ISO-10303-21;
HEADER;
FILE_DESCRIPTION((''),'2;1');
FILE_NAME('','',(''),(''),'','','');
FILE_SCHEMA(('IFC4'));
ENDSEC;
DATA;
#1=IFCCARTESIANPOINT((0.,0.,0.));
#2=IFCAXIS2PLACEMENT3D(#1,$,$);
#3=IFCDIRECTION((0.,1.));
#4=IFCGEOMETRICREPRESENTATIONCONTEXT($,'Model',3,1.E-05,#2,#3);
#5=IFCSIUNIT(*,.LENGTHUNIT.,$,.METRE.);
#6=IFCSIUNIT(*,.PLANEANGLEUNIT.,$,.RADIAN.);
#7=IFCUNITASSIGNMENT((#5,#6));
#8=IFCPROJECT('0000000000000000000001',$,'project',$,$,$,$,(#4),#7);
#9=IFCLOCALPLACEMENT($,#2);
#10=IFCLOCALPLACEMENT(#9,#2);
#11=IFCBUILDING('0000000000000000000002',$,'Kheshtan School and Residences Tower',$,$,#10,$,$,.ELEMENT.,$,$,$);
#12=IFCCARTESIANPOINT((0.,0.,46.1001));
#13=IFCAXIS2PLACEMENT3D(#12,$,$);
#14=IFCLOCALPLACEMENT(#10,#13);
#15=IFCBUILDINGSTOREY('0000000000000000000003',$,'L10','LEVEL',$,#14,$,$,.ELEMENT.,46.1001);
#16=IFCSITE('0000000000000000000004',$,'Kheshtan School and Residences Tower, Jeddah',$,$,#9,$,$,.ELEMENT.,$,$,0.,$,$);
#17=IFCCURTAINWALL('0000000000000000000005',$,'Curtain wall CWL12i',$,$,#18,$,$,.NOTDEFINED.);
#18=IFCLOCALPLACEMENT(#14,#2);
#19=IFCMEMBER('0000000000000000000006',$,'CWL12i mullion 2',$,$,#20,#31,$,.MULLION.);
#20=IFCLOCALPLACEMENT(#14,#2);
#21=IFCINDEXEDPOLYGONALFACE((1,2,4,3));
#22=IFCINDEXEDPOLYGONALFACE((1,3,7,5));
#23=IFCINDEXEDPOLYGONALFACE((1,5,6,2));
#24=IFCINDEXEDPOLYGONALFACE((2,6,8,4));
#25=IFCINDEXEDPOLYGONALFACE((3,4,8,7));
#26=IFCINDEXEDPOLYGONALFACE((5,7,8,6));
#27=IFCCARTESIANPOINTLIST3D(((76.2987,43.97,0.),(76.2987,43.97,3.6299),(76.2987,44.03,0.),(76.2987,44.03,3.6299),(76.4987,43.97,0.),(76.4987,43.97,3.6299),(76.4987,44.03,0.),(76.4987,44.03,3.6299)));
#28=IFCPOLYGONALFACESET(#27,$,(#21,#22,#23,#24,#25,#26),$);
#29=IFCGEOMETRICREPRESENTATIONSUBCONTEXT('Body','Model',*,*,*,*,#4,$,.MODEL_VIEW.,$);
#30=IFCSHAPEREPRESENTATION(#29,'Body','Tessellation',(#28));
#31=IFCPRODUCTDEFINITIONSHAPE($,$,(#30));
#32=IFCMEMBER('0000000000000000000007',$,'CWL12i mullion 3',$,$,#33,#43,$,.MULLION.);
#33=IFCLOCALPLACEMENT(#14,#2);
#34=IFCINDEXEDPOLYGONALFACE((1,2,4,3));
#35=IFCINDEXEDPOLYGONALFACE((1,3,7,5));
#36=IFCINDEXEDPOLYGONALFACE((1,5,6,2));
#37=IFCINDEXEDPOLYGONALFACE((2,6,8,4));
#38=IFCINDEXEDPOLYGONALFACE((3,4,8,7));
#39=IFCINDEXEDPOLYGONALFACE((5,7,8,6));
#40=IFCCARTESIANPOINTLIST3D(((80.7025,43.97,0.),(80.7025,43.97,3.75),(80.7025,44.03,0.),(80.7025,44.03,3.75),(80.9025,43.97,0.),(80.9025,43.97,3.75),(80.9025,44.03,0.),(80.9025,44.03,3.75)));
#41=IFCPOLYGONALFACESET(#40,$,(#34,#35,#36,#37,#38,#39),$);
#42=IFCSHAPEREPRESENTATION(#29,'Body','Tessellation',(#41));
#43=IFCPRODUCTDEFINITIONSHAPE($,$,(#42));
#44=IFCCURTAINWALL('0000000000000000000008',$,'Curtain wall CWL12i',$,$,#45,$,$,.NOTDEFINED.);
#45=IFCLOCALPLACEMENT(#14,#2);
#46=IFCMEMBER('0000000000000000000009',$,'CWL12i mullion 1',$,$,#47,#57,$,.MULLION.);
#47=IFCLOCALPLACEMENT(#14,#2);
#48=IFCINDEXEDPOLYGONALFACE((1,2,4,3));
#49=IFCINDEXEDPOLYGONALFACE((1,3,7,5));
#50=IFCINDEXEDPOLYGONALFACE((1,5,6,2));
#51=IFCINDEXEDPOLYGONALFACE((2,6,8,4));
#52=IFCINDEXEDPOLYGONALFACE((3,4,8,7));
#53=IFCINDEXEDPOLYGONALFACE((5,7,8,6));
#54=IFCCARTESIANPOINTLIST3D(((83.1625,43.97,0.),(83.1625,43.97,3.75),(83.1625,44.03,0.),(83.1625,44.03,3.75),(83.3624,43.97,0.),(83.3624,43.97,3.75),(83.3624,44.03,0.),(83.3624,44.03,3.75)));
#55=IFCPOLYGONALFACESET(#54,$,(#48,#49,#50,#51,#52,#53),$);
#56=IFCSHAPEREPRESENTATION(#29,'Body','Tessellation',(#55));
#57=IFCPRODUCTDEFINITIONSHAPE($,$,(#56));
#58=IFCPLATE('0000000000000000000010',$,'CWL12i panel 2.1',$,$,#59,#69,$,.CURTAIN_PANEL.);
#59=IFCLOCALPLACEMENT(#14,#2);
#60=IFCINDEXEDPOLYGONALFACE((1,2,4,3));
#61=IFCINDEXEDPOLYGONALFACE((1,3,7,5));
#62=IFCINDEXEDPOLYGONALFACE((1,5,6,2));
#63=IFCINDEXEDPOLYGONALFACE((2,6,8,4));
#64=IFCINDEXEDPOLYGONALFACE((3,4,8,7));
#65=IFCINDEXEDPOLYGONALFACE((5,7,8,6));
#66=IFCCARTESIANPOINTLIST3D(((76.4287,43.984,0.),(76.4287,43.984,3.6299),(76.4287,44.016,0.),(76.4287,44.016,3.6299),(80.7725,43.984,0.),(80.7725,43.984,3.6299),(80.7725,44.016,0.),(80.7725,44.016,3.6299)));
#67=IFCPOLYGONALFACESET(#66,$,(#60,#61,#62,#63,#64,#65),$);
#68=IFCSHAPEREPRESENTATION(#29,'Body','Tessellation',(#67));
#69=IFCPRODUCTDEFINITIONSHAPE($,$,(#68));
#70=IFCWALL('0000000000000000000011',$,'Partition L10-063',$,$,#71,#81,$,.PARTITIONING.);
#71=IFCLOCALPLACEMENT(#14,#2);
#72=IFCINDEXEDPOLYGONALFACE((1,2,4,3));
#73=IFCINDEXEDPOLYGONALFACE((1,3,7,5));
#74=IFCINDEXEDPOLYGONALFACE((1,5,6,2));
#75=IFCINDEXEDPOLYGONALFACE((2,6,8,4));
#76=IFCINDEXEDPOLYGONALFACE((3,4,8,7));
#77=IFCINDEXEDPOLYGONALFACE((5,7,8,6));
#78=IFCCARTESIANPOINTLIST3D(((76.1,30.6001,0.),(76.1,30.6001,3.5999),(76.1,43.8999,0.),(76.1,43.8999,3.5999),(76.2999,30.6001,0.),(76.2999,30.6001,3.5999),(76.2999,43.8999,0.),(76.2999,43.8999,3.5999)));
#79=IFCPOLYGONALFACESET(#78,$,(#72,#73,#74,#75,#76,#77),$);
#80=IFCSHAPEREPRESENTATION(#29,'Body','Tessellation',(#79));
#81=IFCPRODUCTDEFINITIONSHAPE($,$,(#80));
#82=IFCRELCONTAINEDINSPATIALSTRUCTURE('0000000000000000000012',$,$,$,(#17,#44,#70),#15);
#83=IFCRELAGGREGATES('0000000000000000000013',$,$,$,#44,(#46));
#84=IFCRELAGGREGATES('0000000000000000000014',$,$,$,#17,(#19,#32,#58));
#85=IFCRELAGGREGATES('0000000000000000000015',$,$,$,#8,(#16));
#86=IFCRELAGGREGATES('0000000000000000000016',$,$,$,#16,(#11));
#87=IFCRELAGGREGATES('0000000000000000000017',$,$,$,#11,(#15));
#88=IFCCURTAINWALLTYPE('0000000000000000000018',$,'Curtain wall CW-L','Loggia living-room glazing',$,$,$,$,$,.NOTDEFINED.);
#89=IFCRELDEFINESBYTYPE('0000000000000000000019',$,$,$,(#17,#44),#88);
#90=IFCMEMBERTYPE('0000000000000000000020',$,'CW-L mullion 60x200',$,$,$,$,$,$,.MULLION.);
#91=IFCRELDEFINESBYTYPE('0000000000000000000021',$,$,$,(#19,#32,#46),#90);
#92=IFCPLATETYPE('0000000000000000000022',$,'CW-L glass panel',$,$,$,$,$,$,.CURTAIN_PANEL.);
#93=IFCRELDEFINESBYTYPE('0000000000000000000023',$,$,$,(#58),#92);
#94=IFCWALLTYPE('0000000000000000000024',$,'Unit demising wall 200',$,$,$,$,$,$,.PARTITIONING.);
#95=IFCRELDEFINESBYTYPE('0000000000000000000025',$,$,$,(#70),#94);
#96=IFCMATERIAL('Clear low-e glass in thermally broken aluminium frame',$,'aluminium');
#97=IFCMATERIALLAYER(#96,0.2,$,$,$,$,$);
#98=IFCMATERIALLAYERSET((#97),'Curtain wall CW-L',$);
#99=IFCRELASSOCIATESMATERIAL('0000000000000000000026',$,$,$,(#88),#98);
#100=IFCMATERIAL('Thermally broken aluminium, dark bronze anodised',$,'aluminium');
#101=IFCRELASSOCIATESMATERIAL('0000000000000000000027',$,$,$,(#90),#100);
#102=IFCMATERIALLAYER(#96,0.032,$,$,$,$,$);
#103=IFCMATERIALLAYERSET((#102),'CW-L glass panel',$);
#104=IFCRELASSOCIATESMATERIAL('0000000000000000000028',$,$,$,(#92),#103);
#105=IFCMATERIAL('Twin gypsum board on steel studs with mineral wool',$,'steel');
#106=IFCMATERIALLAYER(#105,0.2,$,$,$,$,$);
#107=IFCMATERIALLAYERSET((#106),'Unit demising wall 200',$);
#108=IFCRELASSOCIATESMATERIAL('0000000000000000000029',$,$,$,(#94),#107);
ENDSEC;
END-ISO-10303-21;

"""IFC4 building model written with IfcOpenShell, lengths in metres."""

from ifc_helpers import new_model, si_unit, direction, frame, frame_2d, origin, origin_2d, place, context, subcontext, project, spatial, rectangle, extrude, material, layer, layer_set, material_profile, profile_set, type_object, element, aggregate, save


model = new_model("IFC4")

# Units and contexts
model_context = context("Model", 3, precision=1e-05, world=origin(), true_north=direction((0.0, 1.0)))
body_context = subcontext(model_context, "Body", "Model", "MODEL_VIEW")
ifc_project = project(units=[si_unit("LENGTHUNIT", "METRE"), si_unit("PLANEANGLEUNIT", "RADIAN")], contexts=[model_context])

# Site, building, storey
site_placement = place(None, origin())
site = spatial("IfcSite", under=ifc_project, at=site_placement, Name="Kheshtan School and Residences Tower, Jeddah", CompositionType="ELEMENT", RefElevation=0.0)
building_placement = place(site_placement, origin())
building = spatial("IfcBuilding", under=site, at=building_placement, Name="Kheshtan School and Residences Tower", CompositionType="ELEMENT")
storey_placement = place(building_placement, frame((0.0, 0.0, 46.1001)))
storey = spatial("IfcBuildingStorey", under=building, at=storey_placement, Name="L10", Description="LEVEL", CompositionType="ELEMENT", Elevation=46.1001)

# Curtain wall, members
ifc_material_1 = material(Name="Clear low-e glass in thermally broken aluminium frame", Category="aluminium")
ifc_layer_1 = layer(ifc_material_1, 0.2)
ifc_layer_set_1 = layer_set([ifc_layer_1], Name="Curtain wall CW-L")
curtain_wall_type = type_object("IfcCurtainWallType", Name="Curtain wall CW-L", Description="Loggia living-room glazing", PredefinedType="NOTDEFINED", material=ifc_layer_set_1)
curtain_wall_1_placement = place(storey_placement, origin())
curtain_wall_1 = element("IfcCurtainWall", 1, at=curtain_wall_1_placement, inside=storey, type_object=curtain_wall_type, Name="Curtain wall CWL12i", PredefinedType="NOTDEFINED")
ifc_material_2 = material(Name="Thermally broken aluminium, dark bronze anodised", Category="aluminium")
ifc_material_profile = material_profile(ifc_material_2, rectangle(XDim=0.0601, YDim=0.2, at=origin_2d()), Name="CW-L mullion 60x200")
ifc_profile_set = profile_set([ifc_material_profile], Name="Thermally broken aluminium, dark bronze anodised")
member_type = type_object("IfcMemberType", Name="CW-L mullion 60x200", PredefinedType="MULLION", material=ifc_profile_set)
member_1_placement = place(storey_placement, frame((76.3987, 44.0, 0.0), z_axis=(0.0, 0.0, 1.0), x_axis=(0.0, 1.0, 0.0)))
member_1 = element("IfcMember", 2, at=member_1_placement, type_object=member_type, Name="CWL12i mullion 2", PredefinedType="MULLION", context=body_context, shape_type="SweptSolid", body=[
    extrude(rectangle(XDim=0.0601, YDim=0.2, at=origin_2d()), origin(), (0.0, 0.0, 1.0), 3.6299),
])
member_2_placement = place(storey_placement, frame((80.8025, 44.0, 0.0), z_axis=(0.0, 0.0, 1.0), x_axis=(0.0, 1.0, 0.0)))
member_2 = element("IfcMember", 3, at=member_2_placement, type_object=member_type, Name="CWL12i mullion 3", PredefinedType="MULLION", context=body_context, shape_type="SweptSolid", body=[
    extrude(rectangle(XDim=0.0601, YDim=0.2, at=origin_2d()), origin(), (0.0, 0.0, 1.0), 3.75),
])

# Curtain wall, member
curtain_wall_2_placement = place(storey_placement, origin())
curtain_wall_2 = element("IfcCurtainWall", 4, at=curtain_wall_2_placement, inside=storey, type_object=curtain_wall_type, Name="Curtain wall CWL12i", PredefinedType="NOTDEFINED")
member_3_placement = place(storey_placement, frame((83.2625, 44.0, 0.0), z_axis=(0.0, 0.0, 1.0), x_axis=(0.0, 1.0, 0.0)))
member_3 = element("IfcMember", 5, at=member_3_placement, type_object=member_type, Name="CWL12i mullion 1", PredefinedType="MULLION", context=body_context, shape_type="SweptSolid", body=[
    extrude(rectangle(XDim=0.0601, YDim=0.2, at=origin_2d()), origin(), (0.0, 0.0, 1.0), 3.75),
])
aggregate(curtain_wall_2, [member_3])

# Plate
ifc_layer_2 = layer(ifc_material_1, 0.032)
ifc_layer_set_2 = layer_set([ifc_layer_2], Name="CW-L glass panel")
plate_type = type_object("IfcPlateType", Name="CW-L glass panel", PredefinedType="CURTAIN_PANEL", material=ifc_layer_set_2)
plate_placement = place(storey_placement, frame((78.6006, 44.0, 0.0), z_axis=(0.0, 0.0, 1.0), x_axis=(1.0, 0.0, 0.0)))
plate = element("IfcPlate", 6, at=plate_placement, type_object=plate_type, Name="CWL12i panel 2.1", PredefinedType="CURTAIN_PANEL", context=body_context, shape_type="SweptSolid", body=[
    extrude(rectangle(XDim=4.3438, YDim=0.032, at=origin_2d()), origin(), (0.0, 0.0, 1.0), 3.6299),
])
aggregate(curtain_wall_1, [member_1, member_2, plate])

# Wall
ifc_material_3 = material(Name="Twin gypsum board on steel studs with mineral wool", Category="steel")
ifc_layer_3 = layer(ifc_material_3, 0.2)
ifc_layer_set_3 = layer_set([ifc_layer_3], Name="Unit demising wall 200")
wall_type_1 = type_object("IfcWallType", Name="Unit demising wall 200", PredefinedType="PARTITIONING", material=ifc_layer_set_3)
wall_1_placement = place(storey_placement, frame((76.2, 30.6001, 0.0), z_axis=(0.0, 0.0, 1.0), x_axis=(0.0, 1.0, 0.0)))
element("IfcWall", 7, at=wall_1_placement, inside=storey, type_object=wall_type_1, Name="Partition L10-063", PredefinedType="PARTITIONING", context=body_context, shape_type="SweptSolid", body=[
    extrude(rectangle(XDim=13.2998, YDim=0.2, at=frame_2d((6.6499, 0.0))), origin(), (0.0, 0.0, 1.0), 3.5999),
])

save(model, "model.ifc")
